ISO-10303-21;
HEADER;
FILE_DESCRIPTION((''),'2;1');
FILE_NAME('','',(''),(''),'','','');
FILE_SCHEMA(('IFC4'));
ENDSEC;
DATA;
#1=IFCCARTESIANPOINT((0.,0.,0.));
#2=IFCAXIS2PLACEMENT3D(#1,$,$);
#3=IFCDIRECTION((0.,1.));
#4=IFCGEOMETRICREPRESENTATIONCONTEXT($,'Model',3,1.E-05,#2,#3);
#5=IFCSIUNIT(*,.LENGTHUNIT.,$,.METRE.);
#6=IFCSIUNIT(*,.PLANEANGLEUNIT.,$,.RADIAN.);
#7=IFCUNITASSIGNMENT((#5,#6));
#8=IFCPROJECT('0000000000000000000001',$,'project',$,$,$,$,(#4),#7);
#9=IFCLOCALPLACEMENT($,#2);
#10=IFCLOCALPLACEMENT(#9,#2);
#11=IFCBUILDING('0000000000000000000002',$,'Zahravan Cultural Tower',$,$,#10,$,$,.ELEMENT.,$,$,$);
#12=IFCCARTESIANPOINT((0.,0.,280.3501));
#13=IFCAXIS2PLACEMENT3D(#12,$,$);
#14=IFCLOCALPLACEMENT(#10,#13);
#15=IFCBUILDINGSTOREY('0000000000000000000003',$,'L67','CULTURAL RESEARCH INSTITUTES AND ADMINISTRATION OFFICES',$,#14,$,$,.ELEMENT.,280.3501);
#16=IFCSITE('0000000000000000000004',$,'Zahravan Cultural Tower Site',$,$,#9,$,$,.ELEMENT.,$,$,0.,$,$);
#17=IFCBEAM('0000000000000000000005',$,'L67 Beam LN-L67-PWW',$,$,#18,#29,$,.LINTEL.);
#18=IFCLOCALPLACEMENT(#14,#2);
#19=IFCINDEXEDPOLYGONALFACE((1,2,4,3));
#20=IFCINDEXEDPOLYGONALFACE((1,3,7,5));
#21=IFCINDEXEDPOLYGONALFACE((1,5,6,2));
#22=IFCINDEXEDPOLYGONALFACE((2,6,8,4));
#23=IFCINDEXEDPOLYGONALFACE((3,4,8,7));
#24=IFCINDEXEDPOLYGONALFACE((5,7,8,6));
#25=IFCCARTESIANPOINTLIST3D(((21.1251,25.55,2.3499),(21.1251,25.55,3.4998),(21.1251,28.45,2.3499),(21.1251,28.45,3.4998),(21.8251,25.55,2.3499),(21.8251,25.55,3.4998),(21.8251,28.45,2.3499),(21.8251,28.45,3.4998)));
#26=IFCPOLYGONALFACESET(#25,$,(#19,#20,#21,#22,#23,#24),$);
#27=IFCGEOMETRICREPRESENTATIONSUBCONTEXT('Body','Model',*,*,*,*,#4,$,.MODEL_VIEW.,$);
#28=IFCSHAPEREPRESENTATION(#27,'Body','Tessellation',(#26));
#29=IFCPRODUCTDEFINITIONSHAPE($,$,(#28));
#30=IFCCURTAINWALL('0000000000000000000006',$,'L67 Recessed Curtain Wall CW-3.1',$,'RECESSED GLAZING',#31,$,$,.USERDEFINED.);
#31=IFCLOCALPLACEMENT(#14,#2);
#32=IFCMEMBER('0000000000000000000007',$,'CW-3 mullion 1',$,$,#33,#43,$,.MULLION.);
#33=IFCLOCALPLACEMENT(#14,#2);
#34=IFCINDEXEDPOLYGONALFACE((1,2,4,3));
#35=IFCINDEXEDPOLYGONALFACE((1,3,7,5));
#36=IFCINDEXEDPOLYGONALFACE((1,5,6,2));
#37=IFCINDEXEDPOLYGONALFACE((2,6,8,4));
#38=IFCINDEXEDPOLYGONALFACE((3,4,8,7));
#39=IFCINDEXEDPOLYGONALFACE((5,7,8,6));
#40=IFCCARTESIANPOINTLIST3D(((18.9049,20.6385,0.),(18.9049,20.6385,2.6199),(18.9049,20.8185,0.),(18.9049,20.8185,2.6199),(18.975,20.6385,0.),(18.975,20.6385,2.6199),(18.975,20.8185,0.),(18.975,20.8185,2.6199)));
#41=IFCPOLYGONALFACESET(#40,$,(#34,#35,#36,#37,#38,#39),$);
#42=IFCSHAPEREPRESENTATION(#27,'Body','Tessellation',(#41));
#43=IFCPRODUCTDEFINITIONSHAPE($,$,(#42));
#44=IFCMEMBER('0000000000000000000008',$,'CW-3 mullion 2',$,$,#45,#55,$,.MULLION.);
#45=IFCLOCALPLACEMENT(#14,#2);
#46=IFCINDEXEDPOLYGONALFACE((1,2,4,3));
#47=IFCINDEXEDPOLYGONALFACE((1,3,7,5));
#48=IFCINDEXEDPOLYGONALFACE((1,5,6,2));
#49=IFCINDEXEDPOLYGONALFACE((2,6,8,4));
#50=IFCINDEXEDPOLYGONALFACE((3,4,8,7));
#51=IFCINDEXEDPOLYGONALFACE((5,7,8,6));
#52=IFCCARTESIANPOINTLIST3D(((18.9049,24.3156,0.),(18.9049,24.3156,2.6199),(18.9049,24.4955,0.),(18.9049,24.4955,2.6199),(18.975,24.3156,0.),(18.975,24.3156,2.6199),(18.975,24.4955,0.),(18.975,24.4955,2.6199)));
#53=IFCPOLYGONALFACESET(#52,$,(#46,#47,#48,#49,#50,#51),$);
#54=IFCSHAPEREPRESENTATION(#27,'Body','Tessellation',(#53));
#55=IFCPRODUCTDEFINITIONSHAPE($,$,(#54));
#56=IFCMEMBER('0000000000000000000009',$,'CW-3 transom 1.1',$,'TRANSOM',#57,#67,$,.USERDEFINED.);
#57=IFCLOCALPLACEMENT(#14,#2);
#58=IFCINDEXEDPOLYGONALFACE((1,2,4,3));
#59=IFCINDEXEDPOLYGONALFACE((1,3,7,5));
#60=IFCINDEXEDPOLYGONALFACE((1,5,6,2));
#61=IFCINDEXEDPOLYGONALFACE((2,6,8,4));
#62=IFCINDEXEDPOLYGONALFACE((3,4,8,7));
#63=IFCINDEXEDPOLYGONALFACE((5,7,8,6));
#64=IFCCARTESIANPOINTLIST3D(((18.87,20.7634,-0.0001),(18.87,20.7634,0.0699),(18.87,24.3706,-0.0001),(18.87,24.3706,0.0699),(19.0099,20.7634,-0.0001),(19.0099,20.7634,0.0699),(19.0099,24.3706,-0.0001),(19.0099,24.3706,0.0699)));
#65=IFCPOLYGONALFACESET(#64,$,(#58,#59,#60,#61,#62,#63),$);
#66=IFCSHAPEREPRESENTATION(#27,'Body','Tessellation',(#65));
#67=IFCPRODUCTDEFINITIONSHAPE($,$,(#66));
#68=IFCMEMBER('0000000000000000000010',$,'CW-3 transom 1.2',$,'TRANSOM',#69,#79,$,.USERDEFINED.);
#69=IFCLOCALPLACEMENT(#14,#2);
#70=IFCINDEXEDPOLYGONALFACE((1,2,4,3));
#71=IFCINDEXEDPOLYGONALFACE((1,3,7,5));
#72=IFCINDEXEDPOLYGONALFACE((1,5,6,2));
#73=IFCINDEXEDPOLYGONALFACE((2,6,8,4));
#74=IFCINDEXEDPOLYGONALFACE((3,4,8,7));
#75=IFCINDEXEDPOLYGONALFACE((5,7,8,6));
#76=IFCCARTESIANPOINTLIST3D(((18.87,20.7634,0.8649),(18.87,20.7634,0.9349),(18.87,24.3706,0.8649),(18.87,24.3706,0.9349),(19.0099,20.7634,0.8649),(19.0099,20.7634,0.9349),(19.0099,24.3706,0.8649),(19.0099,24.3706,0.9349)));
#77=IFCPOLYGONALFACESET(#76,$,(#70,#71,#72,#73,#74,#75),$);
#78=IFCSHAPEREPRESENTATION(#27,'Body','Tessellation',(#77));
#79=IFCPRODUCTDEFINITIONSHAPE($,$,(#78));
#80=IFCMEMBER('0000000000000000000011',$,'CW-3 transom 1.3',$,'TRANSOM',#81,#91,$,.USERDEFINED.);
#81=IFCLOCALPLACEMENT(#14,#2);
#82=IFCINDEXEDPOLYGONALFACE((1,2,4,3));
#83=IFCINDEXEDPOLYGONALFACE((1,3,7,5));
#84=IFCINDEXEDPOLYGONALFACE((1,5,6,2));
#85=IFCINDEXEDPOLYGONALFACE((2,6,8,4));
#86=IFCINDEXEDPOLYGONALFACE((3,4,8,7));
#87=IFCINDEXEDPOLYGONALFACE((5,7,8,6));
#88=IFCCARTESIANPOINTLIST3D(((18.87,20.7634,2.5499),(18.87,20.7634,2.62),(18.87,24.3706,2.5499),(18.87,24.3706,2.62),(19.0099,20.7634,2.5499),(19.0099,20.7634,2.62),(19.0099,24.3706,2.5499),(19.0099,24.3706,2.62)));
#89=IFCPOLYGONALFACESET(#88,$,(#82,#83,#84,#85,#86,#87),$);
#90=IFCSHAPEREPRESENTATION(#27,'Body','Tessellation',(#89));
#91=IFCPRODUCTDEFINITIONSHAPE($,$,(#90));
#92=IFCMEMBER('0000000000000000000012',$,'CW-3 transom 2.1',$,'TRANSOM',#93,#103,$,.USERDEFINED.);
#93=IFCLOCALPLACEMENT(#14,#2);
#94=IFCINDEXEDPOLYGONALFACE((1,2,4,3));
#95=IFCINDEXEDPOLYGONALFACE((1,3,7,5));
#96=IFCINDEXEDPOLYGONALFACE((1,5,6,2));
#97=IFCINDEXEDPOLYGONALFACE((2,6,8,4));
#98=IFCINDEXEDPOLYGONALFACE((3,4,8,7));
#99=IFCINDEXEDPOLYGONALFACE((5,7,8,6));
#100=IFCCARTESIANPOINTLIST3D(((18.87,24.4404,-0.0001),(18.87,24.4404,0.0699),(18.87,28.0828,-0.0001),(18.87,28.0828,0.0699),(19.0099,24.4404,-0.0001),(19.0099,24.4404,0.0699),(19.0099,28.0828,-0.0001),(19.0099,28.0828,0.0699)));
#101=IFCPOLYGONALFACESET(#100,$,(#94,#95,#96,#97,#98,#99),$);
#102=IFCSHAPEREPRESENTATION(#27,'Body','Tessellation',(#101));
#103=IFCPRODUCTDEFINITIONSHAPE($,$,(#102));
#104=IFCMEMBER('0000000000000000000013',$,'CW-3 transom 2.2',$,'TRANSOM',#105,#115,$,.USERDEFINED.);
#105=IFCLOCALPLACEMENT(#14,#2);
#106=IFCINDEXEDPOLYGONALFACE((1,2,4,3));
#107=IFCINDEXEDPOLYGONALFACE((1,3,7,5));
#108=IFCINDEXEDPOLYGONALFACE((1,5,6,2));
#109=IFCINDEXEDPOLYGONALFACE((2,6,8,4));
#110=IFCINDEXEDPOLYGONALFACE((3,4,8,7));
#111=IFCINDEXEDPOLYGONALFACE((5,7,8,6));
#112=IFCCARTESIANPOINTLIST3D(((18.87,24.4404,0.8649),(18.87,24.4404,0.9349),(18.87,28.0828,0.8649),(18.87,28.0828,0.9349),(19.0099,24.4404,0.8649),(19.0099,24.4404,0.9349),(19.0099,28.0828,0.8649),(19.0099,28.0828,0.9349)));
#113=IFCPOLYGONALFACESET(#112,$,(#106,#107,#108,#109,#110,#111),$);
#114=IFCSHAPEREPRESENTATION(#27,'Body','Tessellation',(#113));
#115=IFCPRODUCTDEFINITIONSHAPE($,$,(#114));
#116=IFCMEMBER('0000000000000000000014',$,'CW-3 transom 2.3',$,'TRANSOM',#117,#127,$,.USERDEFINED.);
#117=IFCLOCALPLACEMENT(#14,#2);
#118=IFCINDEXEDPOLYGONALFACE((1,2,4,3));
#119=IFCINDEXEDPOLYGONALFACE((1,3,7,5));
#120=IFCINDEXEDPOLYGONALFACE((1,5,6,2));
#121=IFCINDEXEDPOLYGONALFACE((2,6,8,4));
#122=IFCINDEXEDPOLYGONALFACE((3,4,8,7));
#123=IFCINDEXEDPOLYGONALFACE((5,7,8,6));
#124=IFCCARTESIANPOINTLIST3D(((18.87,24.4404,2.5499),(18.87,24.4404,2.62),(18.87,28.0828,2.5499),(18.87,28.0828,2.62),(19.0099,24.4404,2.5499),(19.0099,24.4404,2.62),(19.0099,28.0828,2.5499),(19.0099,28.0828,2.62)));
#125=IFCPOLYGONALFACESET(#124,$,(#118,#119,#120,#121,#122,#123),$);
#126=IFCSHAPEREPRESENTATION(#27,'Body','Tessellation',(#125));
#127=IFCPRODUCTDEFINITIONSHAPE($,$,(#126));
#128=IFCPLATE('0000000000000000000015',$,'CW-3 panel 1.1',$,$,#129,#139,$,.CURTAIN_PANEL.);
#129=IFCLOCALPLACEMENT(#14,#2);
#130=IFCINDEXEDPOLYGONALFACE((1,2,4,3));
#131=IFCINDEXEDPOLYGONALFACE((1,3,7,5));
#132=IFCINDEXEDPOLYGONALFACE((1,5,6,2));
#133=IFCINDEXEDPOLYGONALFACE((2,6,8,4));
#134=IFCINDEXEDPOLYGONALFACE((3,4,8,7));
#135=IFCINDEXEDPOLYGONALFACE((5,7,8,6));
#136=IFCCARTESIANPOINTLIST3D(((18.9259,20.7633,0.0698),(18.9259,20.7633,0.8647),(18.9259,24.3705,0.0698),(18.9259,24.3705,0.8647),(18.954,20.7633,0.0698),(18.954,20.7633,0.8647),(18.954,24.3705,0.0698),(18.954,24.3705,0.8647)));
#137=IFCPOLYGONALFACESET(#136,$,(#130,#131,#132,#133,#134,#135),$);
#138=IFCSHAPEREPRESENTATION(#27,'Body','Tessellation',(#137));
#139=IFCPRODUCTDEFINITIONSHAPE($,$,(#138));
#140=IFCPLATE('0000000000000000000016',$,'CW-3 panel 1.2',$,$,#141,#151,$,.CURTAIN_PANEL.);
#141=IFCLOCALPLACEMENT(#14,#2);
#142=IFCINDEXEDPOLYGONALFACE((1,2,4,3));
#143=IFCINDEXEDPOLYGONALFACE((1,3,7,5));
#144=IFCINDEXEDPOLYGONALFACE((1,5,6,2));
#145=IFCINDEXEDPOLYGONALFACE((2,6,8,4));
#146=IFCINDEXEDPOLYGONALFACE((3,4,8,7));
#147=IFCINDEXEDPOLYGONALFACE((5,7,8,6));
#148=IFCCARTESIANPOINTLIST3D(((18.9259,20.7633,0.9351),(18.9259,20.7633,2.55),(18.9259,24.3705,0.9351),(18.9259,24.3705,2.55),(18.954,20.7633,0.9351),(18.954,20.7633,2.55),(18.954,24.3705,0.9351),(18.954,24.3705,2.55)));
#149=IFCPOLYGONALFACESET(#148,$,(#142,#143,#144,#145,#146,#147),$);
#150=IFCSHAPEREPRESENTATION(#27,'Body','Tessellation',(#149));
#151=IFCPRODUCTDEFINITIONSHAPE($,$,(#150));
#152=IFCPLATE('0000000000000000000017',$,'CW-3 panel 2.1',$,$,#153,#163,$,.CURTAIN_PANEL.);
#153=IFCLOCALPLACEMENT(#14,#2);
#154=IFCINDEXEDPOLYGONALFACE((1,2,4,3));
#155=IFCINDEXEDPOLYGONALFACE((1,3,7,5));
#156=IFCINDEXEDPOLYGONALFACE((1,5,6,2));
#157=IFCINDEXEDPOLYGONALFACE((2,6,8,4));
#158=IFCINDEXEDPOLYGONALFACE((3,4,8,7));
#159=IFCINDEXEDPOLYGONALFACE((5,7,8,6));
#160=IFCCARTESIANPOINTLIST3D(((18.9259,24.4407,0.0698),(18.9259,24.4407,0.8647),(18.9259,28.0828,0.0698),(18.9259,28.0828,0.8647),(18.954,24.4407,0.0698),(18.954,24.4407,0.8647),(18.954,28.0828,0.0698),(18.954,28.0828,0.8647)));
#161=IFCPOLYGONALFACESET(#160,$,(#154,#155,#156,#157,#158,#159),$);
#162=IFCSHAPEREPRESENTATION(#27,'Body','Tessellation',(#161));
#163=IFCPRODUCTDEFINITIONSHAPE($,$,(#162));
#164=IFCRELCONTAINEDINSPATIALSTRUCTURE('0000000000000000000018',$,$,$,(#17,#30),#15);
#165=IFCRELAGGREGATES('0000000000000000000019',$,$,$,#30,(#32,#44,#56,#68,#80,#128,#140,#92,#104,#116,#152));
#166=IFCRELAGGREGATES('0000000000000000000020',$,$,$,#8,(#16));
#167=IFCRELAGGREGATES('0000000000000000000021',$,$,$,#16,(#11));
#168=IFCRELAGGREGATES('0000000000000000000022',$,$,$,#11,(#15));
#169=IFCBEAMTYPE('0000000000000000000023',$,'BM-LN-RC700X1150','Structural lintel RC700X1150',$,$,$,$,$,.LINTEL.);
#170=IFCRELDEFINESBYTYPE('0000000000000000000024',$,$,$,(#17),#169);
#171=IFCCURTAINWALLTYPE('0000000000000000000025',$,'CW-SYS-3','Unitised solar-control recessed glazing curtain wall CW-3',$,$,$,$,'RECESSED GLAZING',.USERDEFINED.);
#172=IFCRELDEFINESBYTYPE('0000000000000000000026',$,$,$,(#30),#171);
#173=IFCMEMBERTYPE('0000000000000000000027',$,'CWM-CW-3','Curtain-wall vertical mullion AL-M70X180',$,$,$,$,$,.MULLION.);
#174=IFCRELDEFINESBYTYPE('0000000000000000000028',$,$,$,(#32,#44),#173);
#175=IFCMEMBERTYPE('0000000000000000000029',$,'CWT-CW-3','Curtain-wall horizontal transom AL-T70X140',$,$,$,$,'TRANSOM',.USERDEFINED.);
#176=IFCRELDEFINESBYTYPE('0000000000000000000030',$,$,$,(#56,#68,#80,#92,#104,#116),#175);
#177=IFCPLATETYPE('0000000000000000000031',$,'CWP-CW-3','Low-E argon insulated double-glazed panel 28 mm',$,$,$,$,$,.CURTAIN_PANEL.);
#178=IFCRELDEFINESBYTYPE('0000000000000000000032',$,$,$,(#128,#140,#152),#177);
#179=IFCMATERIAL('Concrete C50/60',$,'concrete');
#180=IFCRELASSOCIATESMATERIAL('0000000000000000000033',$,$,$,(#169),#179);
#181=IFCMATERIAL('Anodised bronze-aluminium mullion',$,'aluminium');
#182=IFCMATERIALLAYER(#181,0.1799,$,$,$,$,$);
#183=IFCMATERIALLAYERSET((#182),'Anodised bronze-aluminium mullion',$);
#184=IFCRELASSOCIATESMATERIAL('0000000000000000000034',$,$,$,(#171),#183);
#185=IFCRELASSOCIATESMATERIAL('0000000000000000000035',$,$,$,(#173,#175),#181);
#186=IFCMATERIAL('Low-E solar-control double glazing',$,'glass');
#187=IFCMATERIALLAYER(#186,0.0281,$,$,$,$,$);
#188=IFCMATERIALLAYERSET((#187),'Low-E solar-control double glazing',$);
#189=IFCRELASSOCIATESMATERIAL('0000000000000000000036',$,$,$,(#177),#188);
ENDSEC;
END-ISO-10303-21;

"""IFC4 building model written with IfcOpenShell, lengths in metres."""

from ifc_helpers import new_model, si_unit, direction, frame, origin, origin_2d, place, context, subcontext, project, spatial, rectangle, extrude, source, transform, mapped, material, layer, layer_set, material_profile, profile_set, type_object, element, aggregate, save


model = new_model("IFC4")

# Units and contexts
model_context = context("Model", 3, precision=1e-05, world=origin(), true_north=direction((0.0, 1.0)))
body_context = subcontext(model_context, "Body", "Model", "MODEL_VIEW")
ifc_project = project(units=[si_unit("LENGTHUNIT", "METRE"), si_unit("PLANEANGLEUNIT", "RADIAN")], contexts=[model_context])

# Site, building, storey
site_placement = place(None, origin())
site = spatial("IfcSite", under=ifc_project, at=site_placement, Name="Zahravan Cultural Tower Site", CompositionType="ELEMENT", RefElevation=0.0)
building_placement = place(site_placement, origin())
building = spatial("IfcBuilding", under=site, at=building_placement, Name="Zahravan Cultural Tower", CompositionType="ELEMENT")
storey_placement = place(building_placement, frame((0.0, 0.0, 280.3501)))
storey = spatial("IfcBuildingStorey", under=building, at=storey_placement, Name="L67", Description="CULTURAL RESEARCH INSTITUTES AND ADMINISTRATION OFFICES", CompositionType="ELEMENT", Elevation=280.3501)

# Beam
ifc_material_1 = material(Name="Concrete C50/60", Category="concrete")
ifc_material_profile_1 = material_profile(ifc_material_1, rectangle(XDim=0.7, YDim=1.1499, at=origin_2d()), Name="RC700X1150")
ifc_profile_set_1 = profile_set([ifc_material_profile_1], Name="Concrete C50/60")
beam_type = type_object("IfcBeamType", Name="BM-LN-RC700X1150", Description="Structural lintel RC700X1150", PredefinedType="LINTEL", material=ifc_profile_set_1)
shared_shape_1 = source(origin(), body_context, "Body", "SweptSolid", [
    extrude(rectangle(XDim=0.7, YDim=1.1499, at=origin_2d()), origin(), (0.0, 0.0, 1.0), 2.8999),
])
beam_placement = place(storey_placement, frame((21.4751, 25.55, 2.9248), z_axis=(0.0, 1.0, 0.0), x_axis=(-1.0, 0.0, 0.0)))
element("IfcBeam", 1, at=beam_placement, inside=storey, type_object=beam_type, Name="L67 Beam LN-L67-PWW", PredefinedType="LINTEL", context=body_context, shape_type="MappedRepresentation", body=[
    mapped(shared_shape_1, transform((0.0, 0.0, 0.0), x_axis=(1.0, 0.0, 0.0), y_axis=(0.0, 1.0, 0.0), z_axis=(0.0, 0.0, 1.0), scale=1.0)),
])

# Curtain wall, members, plates
ifc_material_2 = material(Name="Anodised bronze-aluminium mullion", Category="aluminium")
ifc_layer_1 = layer(ifc_material_2, 0.1799)
ifc_layer_set_1 = layer_set([ifc_layer_1], Name="Anodised bronze-aluminium mullion")
curtain_wall_type = type_object("IfcCurtainWallType", Name="CW-SYS-3", Description="Unitised solar-control recessed glazing curtain wall CW-3", ElementType="RECESSED GLAZING", PredefinedType="USERDEFINED", material=ifc_layer_set_1)
curtain_wall_placement = place(storey_placement, origin())
curtain_wall = element("IfcCurtainWall", 2, at=curtain_wall_placement, inside=storey, type_object=curtain_wall_type, Name="L67 Recessed Curtain Wall CW-3.1", ObjectType="RECESSED GLAZING", PredefinedType="USERDEFINED")
ifc_material_profile_2 = material_profile(ifc_material_2, rectangle(XDim=0.0701, YDim=0.1799, at=origin_2d()), Name="AL-M70X180")
ifc_profile_set_2 = profile_set([ifc_material_profile_2], Name="Anodised bronze-aluminium mullion")
member_type_1 = type_object("IfcMemberType", Name="CWM-CW-3", Description="Curtain-wall vertical mullion AL-M70X180", PredefinedType="MULLION", material=ifc_profile_set_2)
shared_shape_2 = source(origin(), body_context, "Body", "SweptSolid", [
    extrude(rectangle(XDim=0.0701, YDim=0.1799, at=origin_2d()), origin(), (0.0, 0.0, 1.0), 2.6199),
])
member_1_placement = place(storey_placement, frame((18.9399, 20.7285, 0.0), z_axis=(0.0, 0.0, 1.0), x_axis=(-1.0, 0.0, 0.0)))
member_1 = element("IfcMember", 3, at=member_1_placement, type_object=member_type_1, Name="CW-3 mullion 1", PredefinedType="MULLION", context=body_context, shape_type="MappedRepresentation", body=[
    mapped(shared_shape_2, transform((0.0, 0.0, 0.0), x_axis=(1.0, 0.0, 0.0), y_axis=(0.0, 1.0, 0.0), z_axis=(0.0, 0.0, 1.0), scale=1.0)),
])
member_2_placement = place(storey_placement, frame((18.9399, 24.4055, 0.0), z_axis=(0.0, 0.0, 1.0), x_axis=(-1.0, 0.0, 0.0)))
member_2 = element("IfcMember", 4, at=member_2_placement, type_object=member_type_1, Name="CW-3 mullion 2", PredefinedType="MULLION", context=body_context, shape_type="MappedRepresentation", body=[
    mapped(shared_shape_2, transform((0.0, 0.0, 0.0), x_axis=(1.0, 0.0, 0.0), y_axis=(0.0, 1.0, 0.0), z_axis=(0.0, 0.0, 1.0), scale=1.0)),
])
ifc_material_profile_3 = material_profile(ifc_material_2, rectangle(XDim=0.1399, YDim=0.0701, at=origin_2d()), Name="AL-T70X140")
ifc_profile_set_3 = profile_set([ifc_material_profile_3], Name="Anodised bronze-aluminium mullion")
member_type_2 = type_object("IfcMemberType", Name="CWT-CW-3", Description="Curtain-wall horizontal transom AL-T70X140", ElementType="TRANSOM", PredefinedType="USERDEFINED", material=ifc_profile_set_3)
shared_shape_3 = source(origin(), body_context, "Body", "SweptSolid", [
    extrude(rectangle(XDim=0.1399, YDim=0.0701, at=origin_2d()), origin(), (0.0, 0.0, 1.0), 3.6072),
])
member_3_placement = place(storey_placement, frame((18.9399, 20.7634, 0.0349), z_axis=(0.0, 1.0, 0.0), x_axis=(-1.0, 0.0, 0.0)))
member_3 = element("IfcMember", 5, at=member_3_placement, type_object=member_type_2, Name="CW-3 transom 1.1", ObjectType="TRANSOM", PredefinedType="USERDEFINED", context=body_context, shape_type="MappedRepresentation", body=[
    mapped(shared_shape_3, transform((0.0, 0.0, 0.0), x_axis=(1.0, 0.0, 0.0), y_axis=(0.0, 1.0, 0.0), z_axis=(0.0, 0.0, 1.0), scale=1.0)),
])
member_4_placement = place(storey_placement, frame((18.9399, 20.7634, 0.8999), z_axis=(0.0, 1.0, 0.0), x_axis=(-1.0, 0.0, 0.0)))
member_4 = element("IfcMember", 6, at=member_4_placement, type_object=member_type_2, Name="CW-3 transom 1.2", ObjectType="TRANSOM", PredefinedType="USERDEFINED", context=body_context, shape_type="MappedRepresentation", body=[
    mapped(shared_shape_3, transform((0.0, 0.0, 0.0), x_axis=(1.0, 0.0, 0.0), y_axis=(0.0, 1.0, 0.0), z_axis=(0.0, 0.0, 1.0), scale=1.0)),
])
member_5_placement = place(storey_placement, frame((18.9399, 20.7634, 2.585), z_axis=(0.0, 1.0, 0.0), x_axis=(-1.0, 0.0, 0.0)))
member_5 = element("IfcMember", 7, at=member_5_placement, type_object=member_type_2, Name="CW-3 transom 1.3", ObjectType="TRANSOM", PredefinedType="USERDEFINED", context=body_context, shape_type="MappedRepresentation", body=[
    mapped(shared_shape_3, transform((0.0, 0.0, 0.0), x_axis=(1.0, 0.0, 0.0), y_axis=(0.0, 1.0, 0.0), z_axis=(0.0, 0.0, 1.0), scale=1.0)),
])
shared_shape_4 = source(origin(), body_context, "Body", "SweptSolid", [
    extrude(rectangle(XDim=0.1399, YDim=0.0701, at=origin_2d()), origin(), (0.0, 0.0, 1.0), 3.6423),
])
member_6_placement = place(storey_placement, frame((18.9399, 24.4404, 0.0349), z_axis=(0.0, 1.0, 0.0), x_axis=(-1.0, 0.0, 0.0)))
member_6 = element("IfcMember", 8, at=member_6_placement, type_object=member_type_2, Name="CW-3 transom 2.1", ObjectType="TRANSOM", PredefinedType="USERDEFINED", context=body_context, shape_type="MappedRepresentation", body=[
    mapped(shared_shape_4, transform((0.0, 0.0, 0.0), x_axis=(1.0, 0.0, 0.0), y_axis=(0.0, 1.0, 0.0), z_axis=(0.0, 0.0, 1.0), scale=1.0)),
])
member_7_placement = place(storey_placement, frame((18.9399, 24.4404, 0.8999), z_axis=(0.0, 1.0, 0.0), x_axis=(-1.0, 0.0, 0.0)))
member_7 = element("IfcMember", 9, at=member_7_placement, type_object=member_type_2, Name="CW-3 transom 2.2", ObjectType="TRANSOM", PredefinedType="USERDEFINED", context=body_context, shape_type="MappedRepresentation", body=[
    mapped(shared_shape_4, transform((0.0, 0.0, 0.0), x_axis=(1.0, 0.0, 0.0), y_axis=(0.0, 1.0, 0.0), z_axis=(0.0, 0.0, 1.0), scale=1.0)),
])
member_8_placement = place(storey_placement, frame((18.9399, 24.4404, 2.585), z_axis=(0.0, 1.0, 0.0), x_axis=(-1.0, 0.0, 0.0)))
member_8 = element("IfcMember", 10, at=member_8_placement, type_object=member_type_2, Name="CW-3 transom 2.3", ObjectType="TRANSOM", PredefinedType="USERDEFINED", context=body_context, shape_type="MappedRepresentation", body=[
    mapped(shared_shape_4, transform((0.0, 0.0, 0.0), x_axis=(1.0, 0.0, 0.0), y_axis=(0.0, 1.0, 0.0), z_axis=(0.0, 0.0, 1.0), scale=1.0)),
])
ifc_material_3 = material(Name="Low-E solar-control double glazing", Category="glass")
ifc_layer_2 = layer(ifc_material_3, 0.0281)
ifc_layer_set_2 = layer_set([ifc_layer_2], Name="Low-E solar-control double glazing")
plate_type = type_object("IfcPlateType", Name="CWP-CW-3", Description="Low-E argon insulated double-glazed panel 28 mm", PredefinedType="CURTAIN_PANEL", material=ifc_layer_set_2)
shared_shape_5 = source(origin(), body_context, "Body", "SweptSolid", [
    extrude(rectangle(XDim=3.6072, YDim=0.0281, at=origin_2d()), origin(), (0.0, 0.0, 1.0), 0.7949),
])
plate_1_placement = place(storey_placement, frame((18.9399, 22.5669, 0.0698), z_axis=(0.0, 0.0, 1.0), x_axis=(0.0, 1.0, 0.0)))
plate_1 = element("IfcPlate", 11, at=plate_1_placement, type_object=plate_type, Name="CW-3 panel 1.1", PredefinedType="CURTAIN_PANEL", context=body_context, shape_type="MappedRepresentation", body=[
    mapped(shared_shape_5, transform((0.0, 0.0, 0.0), x_axis=(1.0, 0.0, 0.0), y_axis=(0.0, 1.0, 0.0), z_axis=(0.0, 0.0, 1.0), scale=1.0)),
])
shared_shape_6 = source(origin(), body_context, "Body", "SweptSolid", [
    extrude(rectangle(XDim=3.6072, YDim=0.0281, at=origin_2d()), origin(), (0.0, 0.0, 1.0), 1.615),
])
plate_2_placement = place(storey_placement, frame((18.9399, 22.5669, 0.9351), z_axis=(0.0, 0.0, 1.0), x_axis=(0.0, 1.0, 0.0)))
plate_2 = element("IfcPlate", 12, at=plate_2_placement, type_object=plate_type, Name="CW-3 panel 1.2", PredefinedType="CURTAIN_PANEL", context=body_context, shape_type="MappedRepresentation", body=[
    mapped(shared_shape_6, transform((0.0, 0.0, 0.0), x_axis=(1.0, 0.0, 0.0), y_axis=(0.0, 1.0, 0.0), z_axis=(0.0, 0.0, 1.0), scale=1.0)),
])
shared_shape_7 = source(origin(), body_context, "Body", "SweptSolid", [
    extrude(rectangle(XDim=3.6421, YDim=0.0281, at=origin_2d()), origin(), (0.0, 0.0, 1.0), 0.7949),
])
plate_3_placement = place(storey_placement, frame((18.9399, 26.2617, 0.0698), z_axis=(0.0, 0.0, 1.0), x_axis=(0.0, 1.0, 0.0)))
plate_3 = element("IfcPlate", 13, at=plate_3_placement, type_object=plate_type, Name="CW-3 panel 2.1", PredefinedType="CURTAIN_PANEL", context=body_context, shape_type="MappedRepresentation", body=[
    mapped(shared_shape_7, transform((0.0, 0.0, 0.0), x_axis=(1.0, 0.0, 0.0), y_axis=(0.0, 1.0, 0.0), z_axis=(0.0, 0.0, 1.0), scale=1.0)),
])
aggregate(curtain_wall, [member_1, member_2, member_3, member_4, member_5, plate_1, plate_2, member_6, member_7, member_8, plate_3])

save(model, "model.ifc")
